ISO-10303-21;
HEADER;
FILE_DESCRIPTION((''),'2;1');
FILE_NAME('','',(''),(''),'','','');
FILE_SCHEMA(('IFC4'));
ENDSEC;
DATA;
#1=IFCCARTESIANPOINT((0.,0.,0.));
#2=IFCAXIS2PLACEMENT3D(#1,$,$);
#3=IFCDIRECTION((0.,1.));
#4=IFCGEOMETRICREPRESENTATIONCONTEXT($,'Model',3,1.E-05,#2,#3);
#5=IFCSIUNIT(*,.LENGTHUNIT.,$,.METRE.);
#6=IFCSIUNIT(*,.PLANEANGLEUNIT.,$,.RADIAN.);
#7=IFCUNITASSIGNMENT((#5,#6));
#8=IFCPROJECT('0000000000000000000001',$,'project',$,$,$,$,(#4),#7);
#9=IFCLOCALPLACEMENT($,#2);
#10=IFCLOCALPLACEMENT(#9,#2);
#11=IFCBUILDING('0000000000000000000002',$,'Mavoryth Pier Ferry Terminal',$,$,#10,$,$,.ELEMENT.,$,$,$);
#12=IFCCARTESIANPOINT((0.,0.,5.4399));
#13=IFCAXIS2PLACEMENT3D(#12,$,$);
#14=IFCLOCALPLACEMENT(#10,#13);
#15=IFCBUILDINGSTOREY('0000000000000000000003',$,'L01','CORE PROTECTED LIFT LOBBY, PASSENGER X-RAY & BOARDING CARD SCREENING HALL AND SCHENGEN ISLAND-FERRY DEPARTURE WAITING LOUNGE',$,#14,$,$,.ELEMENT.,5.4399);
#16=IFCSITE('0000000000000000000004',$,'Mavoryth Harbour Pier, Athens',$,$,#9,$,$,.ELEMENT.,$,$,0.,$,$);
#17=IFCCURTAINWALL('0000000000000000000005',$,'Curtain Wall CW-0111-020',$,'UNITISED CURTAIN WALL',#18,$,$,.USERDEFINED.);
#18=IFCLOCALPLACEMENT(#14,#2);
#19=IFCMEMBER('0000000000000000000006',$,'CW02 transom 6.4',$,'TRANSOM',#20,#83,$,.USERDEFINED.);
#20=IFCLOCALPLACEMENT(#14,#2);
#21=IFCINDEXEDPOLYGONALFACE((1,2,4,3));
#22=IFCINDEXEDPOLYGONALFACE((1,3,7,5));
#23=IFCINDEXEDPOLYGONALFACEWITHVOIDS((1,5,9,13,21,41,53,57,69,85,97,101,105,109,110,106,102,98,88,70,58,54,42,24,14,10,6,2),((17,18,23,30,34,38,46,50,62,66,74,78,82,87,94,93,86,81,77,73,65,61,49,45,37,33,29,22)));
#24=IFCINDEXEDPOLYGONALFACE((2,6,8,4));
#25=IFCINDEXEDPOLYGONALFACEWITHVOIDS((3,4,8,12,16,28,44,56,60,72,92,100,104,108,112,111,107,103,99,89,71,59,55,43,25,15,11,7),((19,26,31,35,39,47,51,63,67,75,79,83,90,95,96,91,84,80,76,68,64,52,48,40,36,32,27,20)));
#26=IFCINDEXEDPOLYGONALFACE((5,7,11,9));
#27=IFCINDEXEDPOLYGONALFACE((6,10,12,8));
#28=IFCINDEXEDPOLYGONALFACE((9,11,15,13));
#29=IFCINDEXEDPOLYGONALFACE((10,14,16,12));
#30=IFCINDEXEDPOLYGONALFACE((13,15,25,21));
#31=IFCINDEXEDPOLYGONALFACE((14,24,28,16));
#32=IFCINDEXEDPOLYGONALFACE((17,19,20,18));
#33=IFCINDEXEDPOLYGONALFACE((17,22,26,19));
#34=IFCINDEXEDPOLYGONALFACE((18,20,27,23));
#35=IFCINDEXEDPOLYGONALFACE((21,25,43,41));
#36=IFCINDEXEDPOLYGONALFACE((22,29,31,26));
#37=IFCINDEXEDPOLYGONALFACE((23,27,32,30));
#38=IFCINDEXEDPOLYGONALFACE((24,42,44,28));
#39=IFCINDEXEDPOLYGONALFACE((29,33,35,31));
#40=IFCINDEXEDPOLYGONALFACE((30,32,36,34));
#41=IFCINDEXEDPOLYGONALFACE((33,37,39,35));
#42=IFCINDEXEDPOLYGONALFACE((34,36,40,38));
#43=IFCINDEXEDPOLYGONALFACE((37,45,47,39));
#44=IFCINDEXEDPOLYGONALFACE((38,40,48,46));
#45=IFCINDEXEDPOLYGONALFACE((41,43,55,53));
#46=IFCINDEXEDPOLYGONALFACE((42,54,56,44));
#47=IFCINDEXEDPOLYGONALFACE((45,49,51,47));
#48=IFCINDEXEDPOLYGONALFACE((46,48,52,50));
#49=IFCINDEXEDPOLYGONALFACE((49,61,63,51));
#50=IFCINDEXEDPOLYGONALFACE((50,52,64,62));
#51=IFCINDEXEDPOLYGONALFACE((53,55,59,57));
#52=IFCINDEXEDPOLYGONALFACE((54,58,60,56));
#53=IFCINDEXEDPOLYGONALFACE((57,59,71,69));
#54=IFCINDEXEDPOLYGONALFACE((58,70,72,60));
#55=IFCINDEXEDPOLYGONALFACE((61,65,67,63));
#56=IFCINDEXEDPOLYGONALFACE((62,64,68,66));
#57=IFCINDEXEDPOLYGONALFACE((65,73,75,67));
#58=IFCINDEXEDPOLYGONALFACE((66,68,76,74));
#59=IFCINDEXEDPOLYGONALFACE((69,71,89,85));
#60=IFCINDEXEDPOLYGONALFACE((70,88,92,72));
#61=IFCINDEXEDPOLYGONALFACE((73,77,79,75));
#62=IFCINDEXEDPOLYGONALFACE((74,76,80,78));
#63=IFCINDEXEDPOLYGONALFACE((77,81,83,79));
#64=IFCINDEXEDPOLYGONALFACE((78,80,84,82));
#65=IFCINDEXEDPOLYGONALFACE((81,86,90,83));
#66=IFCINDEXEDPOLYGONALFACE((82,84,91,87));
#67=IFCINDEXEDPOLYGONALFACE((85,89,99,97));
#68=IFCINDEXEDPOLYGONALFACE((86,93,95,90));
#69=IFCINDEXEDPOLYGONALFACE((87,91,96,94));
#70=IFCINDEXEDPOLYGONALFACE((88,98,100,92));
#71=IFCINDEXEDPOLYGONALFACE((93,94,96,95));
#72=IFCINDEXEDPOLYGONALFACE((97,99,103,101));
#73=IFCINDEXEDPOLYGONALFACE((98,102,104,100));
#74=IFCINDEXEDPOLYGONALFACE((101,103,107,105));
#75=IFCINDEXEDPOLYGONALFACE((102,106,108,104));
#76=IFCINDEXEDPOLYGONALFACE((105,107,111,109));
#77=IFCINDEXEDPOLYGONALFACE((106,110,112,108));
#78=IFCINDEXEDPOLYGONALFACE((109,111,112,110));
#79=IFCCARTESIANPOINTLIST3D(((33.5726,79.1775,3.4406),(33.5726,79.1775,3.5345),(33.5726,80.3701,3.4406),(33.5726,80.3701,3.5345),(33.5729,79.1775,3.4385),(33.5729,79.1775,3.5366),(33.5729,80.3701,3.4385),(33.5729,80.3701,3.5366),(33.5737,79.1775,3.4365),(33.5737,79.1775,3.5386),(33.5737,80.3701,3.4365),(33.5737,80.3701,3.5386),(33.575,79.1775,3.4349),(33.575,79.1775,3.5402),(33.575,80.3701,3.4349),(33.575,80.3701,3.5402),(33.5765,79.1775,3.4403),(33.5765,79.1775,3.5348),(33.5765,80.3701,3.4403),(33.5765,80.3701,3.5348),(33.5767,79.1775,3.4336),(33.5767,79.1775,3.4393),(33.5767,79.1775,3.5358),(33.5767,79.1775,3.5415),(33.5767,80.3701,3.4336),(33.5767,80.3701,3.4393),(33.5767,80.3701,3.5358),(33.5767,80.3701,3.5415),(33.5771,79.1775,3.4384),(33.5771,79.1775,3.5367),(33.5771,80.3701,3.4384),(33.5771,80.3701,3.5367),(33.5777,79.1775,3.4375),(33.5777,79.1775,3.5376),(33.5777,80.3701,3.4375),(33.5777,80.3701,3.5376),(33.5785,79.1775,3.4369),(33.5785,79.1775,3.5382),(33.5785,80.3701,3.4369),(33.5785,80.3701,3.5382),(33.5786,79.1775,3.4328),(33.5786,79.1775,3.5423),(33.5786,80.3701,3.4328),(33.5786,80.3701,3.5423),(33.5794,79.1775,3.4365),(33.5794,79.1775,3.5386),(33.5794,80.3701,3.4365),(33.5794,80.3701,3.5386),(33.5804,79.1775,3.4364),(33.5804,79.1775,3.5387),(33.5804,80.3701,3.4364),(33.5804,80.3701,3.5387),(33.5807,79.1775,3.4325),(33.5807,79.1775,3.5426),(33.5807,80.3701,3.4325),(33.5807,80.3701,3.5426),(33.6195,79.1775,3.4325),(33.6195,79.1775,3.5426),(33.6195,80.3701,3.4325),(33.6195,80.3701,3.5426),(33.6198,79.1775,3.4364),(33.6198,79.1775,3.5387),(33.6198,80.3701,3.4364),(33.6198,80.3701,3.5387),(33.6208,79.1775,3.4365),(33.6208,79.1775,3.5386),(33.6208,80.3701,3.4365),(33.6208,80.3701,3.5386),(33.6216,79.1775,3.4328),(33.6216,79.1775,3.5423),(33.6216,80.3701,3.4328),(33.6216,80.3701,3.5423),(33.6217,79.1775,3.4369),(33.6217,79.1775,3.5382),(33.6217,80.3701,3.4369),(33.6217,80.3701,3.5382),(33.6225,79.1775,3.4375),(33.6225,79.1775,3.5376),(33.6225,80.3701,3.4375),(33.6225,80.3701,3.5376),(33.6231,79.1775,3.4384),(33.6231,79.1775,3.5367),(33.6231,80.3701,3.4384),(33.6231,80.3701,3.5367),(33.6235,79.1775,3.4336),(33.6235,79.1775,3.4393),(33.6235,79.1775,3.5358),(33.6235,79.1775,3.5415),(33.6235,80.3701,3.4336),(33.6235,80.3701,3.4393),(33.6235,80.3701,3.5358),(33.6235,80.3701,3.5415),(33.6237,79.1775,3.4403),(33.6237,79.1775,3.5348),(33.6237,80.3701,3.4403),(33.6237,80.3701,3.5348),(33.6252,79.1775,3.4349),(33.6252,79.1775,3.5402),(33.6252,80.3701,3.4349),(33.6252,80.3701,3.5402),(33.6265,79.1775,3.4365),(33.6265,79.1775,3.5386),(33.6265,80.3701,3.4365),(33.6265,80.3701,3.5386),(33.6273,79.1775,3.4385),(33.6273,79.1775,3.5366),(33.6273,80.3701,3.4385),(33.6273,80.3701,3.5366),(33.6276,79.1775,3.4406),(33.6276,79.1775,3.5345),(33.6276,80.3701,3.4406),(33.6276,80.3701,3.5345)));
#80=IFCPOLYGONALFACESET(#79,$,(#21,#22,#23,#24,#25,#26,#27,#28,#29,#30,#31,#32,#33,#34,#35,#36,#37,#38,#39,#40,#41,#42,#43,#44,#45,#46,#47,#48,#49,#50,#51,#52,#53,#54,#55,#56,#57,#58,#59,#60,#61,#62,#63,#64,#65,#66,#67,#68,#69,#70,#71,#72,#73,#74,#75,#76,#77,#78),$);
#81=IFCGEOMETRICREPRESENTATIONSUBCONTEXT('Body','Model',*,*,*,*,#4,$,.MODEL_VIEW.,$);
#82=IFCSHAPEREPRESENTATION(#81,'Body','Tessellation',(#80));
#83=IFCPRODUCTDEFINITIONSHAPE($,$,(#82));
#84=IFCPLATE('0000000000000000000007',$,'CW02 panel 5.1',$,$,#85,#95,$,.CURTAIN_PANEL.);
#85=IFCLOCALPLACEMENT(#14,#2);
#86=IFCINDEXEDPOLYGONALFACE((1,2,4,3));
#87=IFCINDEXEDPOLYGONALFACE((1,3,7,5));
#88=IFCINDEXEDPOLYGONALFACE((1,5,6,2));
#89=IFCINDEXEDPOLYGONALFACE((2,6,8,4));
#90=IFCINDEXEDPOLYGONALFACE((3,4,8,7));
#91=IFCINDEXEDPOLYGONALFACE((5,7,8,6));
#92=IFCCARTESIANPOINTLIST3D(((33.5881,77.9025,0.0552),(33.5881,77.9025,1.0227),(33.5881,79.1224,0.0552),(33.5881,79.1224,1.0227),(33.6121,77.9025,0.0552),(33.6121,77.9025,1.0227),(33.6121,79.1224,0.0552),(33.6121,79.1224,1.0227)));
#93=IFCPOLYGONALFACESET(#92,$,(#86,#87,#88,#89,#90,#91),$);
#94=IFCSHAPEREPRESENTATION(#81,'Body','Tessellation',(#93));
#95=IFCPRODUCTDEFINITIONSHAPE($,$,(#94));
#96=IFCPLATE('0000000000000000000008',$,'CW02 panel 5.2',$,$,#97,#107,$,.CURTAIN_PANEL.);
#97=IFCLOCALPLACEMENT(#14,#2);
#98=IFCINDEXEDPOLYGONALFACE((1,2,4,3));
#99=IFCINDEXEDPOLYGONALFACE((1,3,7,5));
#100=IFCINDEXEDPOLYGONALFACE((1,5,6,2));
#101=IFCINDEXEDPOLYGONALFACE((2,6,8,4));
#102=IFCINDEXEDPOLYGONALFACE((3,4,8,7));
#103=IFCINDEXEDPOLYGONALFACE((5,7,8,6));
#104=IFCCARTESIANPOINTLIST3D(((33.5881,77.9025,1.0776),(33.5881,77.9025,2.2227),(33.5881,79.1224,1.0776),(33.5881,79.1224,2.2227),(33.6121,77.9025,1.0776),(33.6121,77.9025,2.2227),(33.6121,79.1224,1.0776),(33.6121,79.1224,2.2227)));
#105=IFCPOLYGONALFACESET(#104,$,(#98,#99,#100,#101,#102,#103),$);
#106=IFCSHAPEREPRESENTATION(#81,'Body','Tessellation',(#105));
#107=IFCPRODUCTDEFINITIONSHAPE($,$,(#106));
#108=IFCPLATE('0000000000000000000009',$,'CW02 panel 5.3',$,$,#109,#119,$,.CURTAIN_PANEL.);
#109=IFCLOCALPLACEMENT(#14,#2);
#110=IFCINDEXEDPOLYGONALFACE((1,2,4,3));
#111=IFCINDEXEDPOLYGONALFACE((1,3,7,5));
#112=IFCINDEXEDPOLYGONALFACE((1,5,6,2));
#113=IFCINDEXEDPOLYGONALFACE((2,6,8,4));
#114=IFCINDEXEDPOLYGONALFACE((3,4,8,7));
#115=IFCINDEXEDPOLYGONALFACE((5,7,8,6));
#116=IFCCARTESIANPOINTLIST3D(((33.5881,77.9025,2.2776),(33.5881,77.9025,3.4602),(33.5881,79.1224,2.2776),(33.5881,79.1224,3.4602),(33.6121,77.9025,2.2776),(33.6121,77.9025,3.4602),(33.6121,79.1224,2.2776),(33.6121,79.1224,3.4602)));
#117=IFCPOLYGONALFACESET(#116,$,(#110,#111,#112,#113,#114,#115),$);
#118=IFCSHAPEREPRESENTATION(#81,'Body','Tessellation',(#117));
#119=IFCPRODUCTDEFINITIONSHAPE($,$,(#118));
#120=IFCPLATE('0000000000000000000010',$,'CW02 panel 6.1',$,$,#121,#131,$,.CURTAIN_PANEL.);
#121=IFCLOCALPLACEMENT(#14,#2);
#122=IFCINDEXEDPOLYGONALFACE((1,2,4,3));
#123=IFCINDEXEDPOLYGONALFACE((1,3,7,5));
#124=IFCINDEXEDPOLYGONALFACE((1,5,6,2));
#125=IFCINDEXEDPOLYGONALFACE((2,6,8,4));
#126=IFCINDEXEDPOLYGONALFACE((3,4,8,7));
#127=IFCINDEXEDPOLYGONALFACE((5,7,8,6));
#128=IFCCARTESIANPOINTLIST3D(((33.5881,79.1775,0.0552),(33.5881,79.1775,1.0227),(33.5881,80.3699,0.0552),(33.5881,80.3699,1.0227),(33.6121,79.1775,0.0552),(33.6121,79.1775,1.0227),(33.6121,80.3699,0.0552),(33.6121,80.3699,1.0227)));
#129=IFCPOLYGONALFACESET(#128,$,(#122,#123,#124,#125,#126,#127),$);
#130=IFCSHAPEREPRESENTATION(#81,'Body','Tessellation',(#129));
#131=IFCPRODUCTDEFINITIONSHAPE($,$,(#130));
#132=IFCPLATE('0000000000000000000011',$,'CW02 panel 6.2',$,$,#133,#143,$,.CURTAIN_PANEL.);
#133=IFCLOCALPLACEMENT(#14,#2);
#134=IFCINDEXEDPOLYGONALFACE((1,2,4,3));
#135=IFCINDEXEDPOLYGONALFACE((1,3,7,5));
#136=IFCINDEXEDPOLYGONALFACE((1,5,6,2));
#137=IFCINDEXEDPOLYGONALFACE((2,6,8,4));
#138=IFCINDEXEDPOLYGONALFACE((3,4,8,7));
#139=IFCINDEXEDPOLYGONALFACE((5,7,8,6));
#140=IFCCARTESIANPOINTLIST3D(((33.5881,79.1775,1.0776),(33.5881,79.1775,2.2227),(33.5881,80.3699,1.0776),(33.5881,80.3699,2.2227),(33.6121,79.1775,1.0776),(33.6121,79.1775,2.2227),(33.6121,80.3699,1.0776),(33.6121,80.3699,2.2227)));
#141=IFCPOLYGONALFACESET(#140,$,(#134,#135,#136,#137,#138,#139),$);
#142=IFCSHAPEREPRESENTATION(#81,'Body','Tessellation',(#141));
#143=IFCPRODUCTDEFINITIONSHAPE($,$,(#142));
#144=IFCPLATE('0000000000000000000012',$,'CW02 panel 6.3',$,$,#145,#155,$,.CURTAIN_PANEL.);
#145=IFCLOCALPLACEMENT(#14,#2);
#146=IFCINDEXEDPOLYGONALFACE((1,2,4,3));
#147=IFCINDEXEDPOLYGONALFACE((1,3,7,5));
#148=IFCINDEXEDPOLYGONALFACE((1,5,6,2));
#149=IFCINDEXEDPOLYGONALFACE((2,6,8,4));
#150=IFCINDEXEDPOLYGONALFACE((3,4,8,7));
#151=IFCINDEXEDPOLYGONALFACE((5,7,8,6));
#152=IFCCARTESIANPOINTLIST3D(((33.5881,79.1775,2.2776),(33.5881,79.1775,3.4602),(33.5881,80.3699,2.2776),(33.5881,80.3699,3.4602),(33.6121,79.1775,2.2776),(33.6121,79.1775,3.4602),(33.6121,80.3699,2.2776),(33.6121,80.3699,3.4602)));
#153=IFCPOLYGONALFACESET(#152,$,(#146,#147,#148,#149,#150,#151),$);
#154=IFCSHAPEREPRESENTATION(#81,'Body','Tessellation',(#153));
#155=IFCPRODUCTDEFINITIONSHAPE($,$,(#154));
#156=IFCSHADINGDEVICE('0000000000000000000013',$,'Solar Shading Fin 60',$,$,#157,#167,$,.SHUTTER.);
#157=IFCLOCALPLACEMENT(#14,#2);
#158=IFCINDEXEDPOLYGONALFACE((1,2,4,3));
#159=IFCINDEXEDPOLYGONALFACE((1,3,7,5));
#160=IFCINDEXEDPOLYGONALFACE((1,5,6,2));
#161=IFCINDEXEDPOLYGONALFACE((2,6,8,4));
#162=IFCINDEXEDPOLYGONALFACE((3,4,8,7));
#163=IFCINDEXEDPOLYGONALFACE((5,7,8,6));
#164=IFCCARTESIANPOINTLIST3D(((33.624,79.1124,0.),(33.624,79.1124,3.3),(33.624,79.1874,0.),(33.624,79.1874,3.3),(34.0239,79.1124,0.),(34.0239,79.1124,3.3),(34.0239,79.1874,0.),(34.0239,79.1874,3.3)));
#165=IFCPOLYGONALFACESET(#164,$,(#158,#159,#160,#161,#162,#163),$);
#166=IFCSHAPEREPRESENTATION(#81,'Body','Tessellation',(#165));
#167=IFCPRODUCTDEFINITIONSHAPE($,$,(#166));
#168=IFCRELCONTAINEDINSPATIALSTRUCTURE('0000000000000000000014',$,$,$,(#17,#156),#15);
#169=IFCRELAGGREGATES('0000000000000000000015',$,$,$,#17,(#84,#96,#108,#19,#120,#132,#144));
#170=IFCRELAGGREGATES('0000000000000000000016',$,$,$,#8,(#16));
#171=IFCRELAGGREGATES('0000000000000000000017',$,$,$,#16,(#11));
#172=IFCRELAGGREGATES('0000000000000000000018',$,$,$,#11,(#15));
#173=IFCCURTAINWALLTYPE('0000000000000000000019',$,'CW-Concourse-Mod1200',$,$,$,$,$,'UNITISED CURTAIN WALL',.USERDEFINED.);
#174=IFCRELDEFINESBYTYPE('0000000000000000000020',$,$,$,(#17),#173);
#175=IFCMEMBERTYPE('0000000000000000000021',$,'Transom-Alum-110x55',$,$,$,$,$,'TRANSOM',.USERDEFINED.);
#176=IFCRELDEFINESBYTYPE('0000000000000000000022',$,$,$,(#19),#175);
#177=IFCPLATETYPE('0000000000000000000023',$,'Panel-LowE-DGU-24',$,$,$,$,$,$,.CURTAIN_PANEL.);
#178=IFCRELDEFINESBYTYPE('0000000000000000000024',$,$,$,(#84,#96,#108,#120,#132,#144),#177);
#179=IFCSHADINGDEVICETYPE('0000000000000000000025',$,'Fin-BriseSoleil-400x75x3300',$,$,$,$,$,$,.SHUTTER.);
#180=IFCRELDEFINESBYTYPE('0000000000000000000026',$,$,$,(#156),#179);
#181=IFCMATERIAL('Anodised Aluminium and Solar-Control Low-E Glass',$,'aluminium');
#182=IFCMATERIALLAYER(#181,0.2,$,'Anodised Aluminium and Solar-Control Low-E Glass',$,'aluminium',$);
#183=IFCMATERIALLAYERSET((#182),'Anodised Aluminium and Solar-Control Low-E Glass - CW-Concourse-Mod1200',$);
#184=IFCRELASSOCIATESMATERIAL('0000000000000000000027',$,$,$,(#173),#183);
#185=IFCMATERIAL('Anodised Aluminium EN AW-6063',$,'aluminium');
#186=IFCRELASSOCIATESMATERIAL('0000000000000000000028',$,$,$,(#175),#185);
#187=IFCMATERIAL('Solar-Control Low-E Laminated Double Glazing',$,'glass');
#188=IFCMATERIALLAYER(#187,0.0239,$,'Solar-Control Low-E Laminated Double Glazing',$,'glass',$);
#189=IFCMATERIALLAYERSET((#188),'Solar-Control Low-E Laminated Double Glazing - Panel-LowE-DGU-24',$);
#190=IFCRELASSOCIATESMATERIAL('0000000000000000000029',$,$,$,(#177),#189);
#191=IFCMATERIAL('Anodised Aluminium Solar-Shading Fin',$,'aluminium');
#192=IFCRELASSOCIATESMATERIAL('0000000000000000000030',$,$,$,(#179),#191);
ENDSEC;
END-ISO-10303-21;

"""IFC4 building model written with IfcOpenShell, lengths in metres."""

from ifc_helpers import new_model, si_unit, direction, frame, origin, origin_2d, place, context, subcontext, project, spatial, rectangle, hollow_rectangle, extrude, material, layer, layer_set, material_profile, profile_set, type_object, element, aggregate, save


model = new_model("IFC4")

# Units and contexts
model_context = context("Model", 3, precision=1e-05, world=origin(), true_north=direction((0.0, 1.0)))
body_context = subcontext(model_context, "Body", "Model", "MODEL_VIEW")
ifc_project = project(units=[si_unit("LENGTHUNIT", "METRE"), si_unit("PLANEANGLEUNIT", "RADIAN")], contexts=[model_context])

# Site, building, storey
site_placement = place(None, origin())
site = spatial("IfcSite", under=ifc_project, at=site_placement, Name="Mavoryth Harbour Pier, Athens", CompositionType="ELEMENT", RefElevation=0.0)
building_placement = place(site_placement, origin())
building = spatial("IfcBuilding", under=site, at=building_placement, Name="Mavoryth Pier Ferry Terminal", CompositionType="ELEMENT")
storey_placement = place(building_placement, frame((0.0, 0.0, 5.4399)))
storey = spatial("IfcBuildingStorey", under=building, at=storey_placement, Name="L01", Description="CORE PROTECTED LIFT LOBBY, PASSENGER X-RAY & BOARDING CARD SCREENING HALL AND SCHENGEN ISLAND-FERRY DEPARTURE WAITING LOUNGE", CompositionType="ELEMENT", Elevation=5.4399)

# Curtain wall, member, plates
ifc_material_1 = material(Name="Anodised Aluminium and Solar-Control Low-E Glass", Category="aluminium")
ifc_layer_1 = layer(ifc_material_1, 0.2, Name="Anodised Aluminium and Solar-Control Low-E Glass", Category="aluminium")
ifc_layer_set_1 = layer_set([ifc_layer_1], Name="Anodised Aluminium and Solar-Control Low-E Glass - CW-Concourse-Mod1200")
curtain_wall_type = type_object("IfcCurtainWallType", Name="CW-Concourse-Mod1200", ElementType="UNITISED CURTAIN WALL", PredefinedType="USERDEFINED", material=ifc_layer_set_1)
curtain_wall_placement = place(storey_placement, origin())
curtain_wall = element("IfcCurtainWall", 1, at=curtain_wall_placement, inside=storey, type_object=curtain_wall_type, Name="Curtain Wall CW-0111-020", ObjectType="UNITISED CURTAIN WALL", PredefinedType="USERDEFINED")
ifc_material_2 = material(Name="Anodised Aluminium EN AW-6063", Category="aluminium")
ifc_material_profile_1 = material_profile(ifc_material_2, hollow_rectangle(XDim=0.0549, YDim=0.1101, WallThickness=0.0039, InnerFilletRadius=0.0039, OuterFilletRadius=0.0081, at=origin_2d()), Name="AL-TRAN 110x55x4", Category="aluminium")
ifc_profile_set_1 = profile_set([ifc_material_profile_1], Name="Anodised Aluminium EN AW-6063 - AL-TRAN 110x55x4")
member_type_1 = type_object("IfcMemberType", Name="Transom-Alum-110x55", ElementType="TRANSOM", PredefinedType="USERDEFINED", material=ifc_profile_set_1)
member_1_placement = place(storey_placement, frame((33.6001, 79.1775, 3.4875), z_axis=(0.0, 1.0, 0.0), x_axis=(-1.0, 0.0, 0.0)))
member_1 = element("IfcMember", 2, at=member_1_placement, type_object=member_type_1, Name="CW02 transom 6.4", ObjectType="TRANSOM", PredefinedType="USERDEFINED", context=body_context, shape_type="SweptSolid", body=[
    extrude(hollow_rectangle(XDim=0.0549, YDim=0.1101, WallThickness=0.0039, InnerFilletRadius=0.0039, OuterFilletRadius=0.0081, at=origin_2d()), origin(), (0.0, 0.0, 1.0), 1.1926),
])
ifc_material_3 = material(Name="Solar-Control Low-E Laminated Double Glazing", Category="glass")
ifc_layer_2 = layer(ifc_material_3, 0.0239, Name="Solar-Control Low-E Laminated Double Glazing", Category="glass")
ifc_layer_set_2 = layer_set([ifc_layer_2], Name="Solar-Control Low-E Laminated Double Glazing - Panel-LowE-DGU-24")
plate_type = type_object("IfcPlateType", Name="Panel-LowE-DGU-24", PredefinedType="CURTAIN_PANEL", material=ifc_layer_set_2)
plate_1_placement = place(storey_placement, frame((33.6001, 78.5125, 0.0552), z_axis=(0.0, 0.0, 1.0), x_axis=(0.0, 1.0, 0.0)))
plate_1 = element("IfcPlate", 3, at=plate_1_placement, type_object=plate_type, Name="CW02 panel 5.1", PredefinedType="CURTAIN_PANEL", context=body_context, shape_type="SweptSolid", body=[
    extrude(rectangle(XDim=1.22, YDim=0.0239, at=origin_2d()), origin(), (0.0, 0.0, 1.0), 0.9675),
])
plate_2_placement = place(storey_placement, frame((33.6001, 78.5125, 1.0776), z_axis=(0.0, 0.0, 1.0), x_axis=(0.0, 1.0, 0.0)))
plate_2 = element("IfcPlate", 4, at=plate_2_placement, type_object=plate_type, Name="CW02 panel 5.2", PredefinedType="CURTAIN_PANEL", context=body_context, shape_type="SweptSolid", body=[
    extrude(rectangle(XDim=1.22, YDim=0.0239, at=origin_2d()), origin(), (0.0, 0.0, 1.0), 1.145),
])
plate_3_placement = place(storey_placement, frame((33.6001, 78.5125, 2.2776), z_axis=(0.0, 0.0, 1.0), x_axis=(0.0, 1.0, 0.0)))
plate_3 = element("IfcPlate", 5, at=plate_3_placement, type_object=plate_type, Name="CW02 panel 5.3", PredefinedType="CURTAIN_PANEL", context=body_context, shape_type="SweptSolid", body=[
    extrude(rectangle(XDim=1.22, YDim=0.0239, at=origin_2d()), origin(), (0.0, 0.0, 1.0), 1.1826),
])
plate_4_placement = place(storey_placement, frame((33.6001, 79.7737, 0.0552), z_axis=(0.0, 0.0, 1.0), x_axis=(0.0, 1.0, 0.0)))
plate_4 = element("IfcPlate", 6, at=plate_4_placement, type_object=plate_type, Name="CW02 panel 6.1", PredefinedType="CURTAIN_PANEL", context=body_context, shape_type="SweptSolid", body=[
    extrude(rectangle(XDim=1.1924, YDim=0.0239, at=origin_2d()), origin(), (0.0, 0.0, 1.0), 0.9675),
])
plate_5_placement = place(storey_placement, frame((33.6001, 79.7737, 1.0776), z_axis=(0.0, 0.0, 1.0), x_axis=(0.0, 1.0, 0.0)))
plate_5 = element("IfcPlate", 7, at=plate_5_placement, type_object=plate_type, Name="CW02 panel 6.2", PredefinedType="CURTAIN_PANEL", context=body_context, shape_type="SweptSolid", body=[
    extrude(rectangle(XDim=1.1924, YDim=0.0239, at=origin_2d()), origin(), (0.0, 0.0, 1.0), 1.145),
])
plate_6_placement = place(storey_placement, frame((33.6001, 79.7737, 2.2776), z_axis=(0.0, 0.0, 1.0), x_axis=(0.0, 1.0, 0.0)))
plate_6 = element("IfcPlate", 8, at=plate_6_placement, type_object=plate_type, Name="CW02 panel 6.3", PredefinedType="CURTAIN_PANEL", context=body_context, shape_type="SweptSolid", body=[
    extrude(rectangle(XDim=1.1924, YDim=0.0239, at=origin_2d()), origin(), (0.0, 0.0, 1.0), 1.1826),
])
aggregate(curtain_wall, [plate_1, plate_2, plate_3, member_1, plate_4, plate_5, plate_6])

# Shading device
ifc_material_4 = material(Name="Anodised Aluminium Solar-Shading Fin", Category="aluminium")
shading_device_type = type_object("IfcShadingDeviceType", Name="Fin-BriseSoleil-400x75x3300", PredefinedType="SHUTTER", material=ifc_material_4)
shading_device_placement = place(storey_placement, frame((33.824, 79.1499, 0.0), z_axis=(0.0, 0.0, 1.0), x_axis=(0.0, 1.0, 0.0)))
element("IfcShadingDevice", 9, at=shading_device_placement, inside=storey, type_object=shading_device_type, Name="Solar Shading Fin 60", PredefinedType="SHUTTER", context=body_context, shape_type="SweptSolid", body=[
    extrude(rectangle(XDim=0.075, YDim=0.3999, at=origin_2d()), origin(), (0.0, 0.0, 1.0), 3.3),
])

save(model, "model.ifc")
